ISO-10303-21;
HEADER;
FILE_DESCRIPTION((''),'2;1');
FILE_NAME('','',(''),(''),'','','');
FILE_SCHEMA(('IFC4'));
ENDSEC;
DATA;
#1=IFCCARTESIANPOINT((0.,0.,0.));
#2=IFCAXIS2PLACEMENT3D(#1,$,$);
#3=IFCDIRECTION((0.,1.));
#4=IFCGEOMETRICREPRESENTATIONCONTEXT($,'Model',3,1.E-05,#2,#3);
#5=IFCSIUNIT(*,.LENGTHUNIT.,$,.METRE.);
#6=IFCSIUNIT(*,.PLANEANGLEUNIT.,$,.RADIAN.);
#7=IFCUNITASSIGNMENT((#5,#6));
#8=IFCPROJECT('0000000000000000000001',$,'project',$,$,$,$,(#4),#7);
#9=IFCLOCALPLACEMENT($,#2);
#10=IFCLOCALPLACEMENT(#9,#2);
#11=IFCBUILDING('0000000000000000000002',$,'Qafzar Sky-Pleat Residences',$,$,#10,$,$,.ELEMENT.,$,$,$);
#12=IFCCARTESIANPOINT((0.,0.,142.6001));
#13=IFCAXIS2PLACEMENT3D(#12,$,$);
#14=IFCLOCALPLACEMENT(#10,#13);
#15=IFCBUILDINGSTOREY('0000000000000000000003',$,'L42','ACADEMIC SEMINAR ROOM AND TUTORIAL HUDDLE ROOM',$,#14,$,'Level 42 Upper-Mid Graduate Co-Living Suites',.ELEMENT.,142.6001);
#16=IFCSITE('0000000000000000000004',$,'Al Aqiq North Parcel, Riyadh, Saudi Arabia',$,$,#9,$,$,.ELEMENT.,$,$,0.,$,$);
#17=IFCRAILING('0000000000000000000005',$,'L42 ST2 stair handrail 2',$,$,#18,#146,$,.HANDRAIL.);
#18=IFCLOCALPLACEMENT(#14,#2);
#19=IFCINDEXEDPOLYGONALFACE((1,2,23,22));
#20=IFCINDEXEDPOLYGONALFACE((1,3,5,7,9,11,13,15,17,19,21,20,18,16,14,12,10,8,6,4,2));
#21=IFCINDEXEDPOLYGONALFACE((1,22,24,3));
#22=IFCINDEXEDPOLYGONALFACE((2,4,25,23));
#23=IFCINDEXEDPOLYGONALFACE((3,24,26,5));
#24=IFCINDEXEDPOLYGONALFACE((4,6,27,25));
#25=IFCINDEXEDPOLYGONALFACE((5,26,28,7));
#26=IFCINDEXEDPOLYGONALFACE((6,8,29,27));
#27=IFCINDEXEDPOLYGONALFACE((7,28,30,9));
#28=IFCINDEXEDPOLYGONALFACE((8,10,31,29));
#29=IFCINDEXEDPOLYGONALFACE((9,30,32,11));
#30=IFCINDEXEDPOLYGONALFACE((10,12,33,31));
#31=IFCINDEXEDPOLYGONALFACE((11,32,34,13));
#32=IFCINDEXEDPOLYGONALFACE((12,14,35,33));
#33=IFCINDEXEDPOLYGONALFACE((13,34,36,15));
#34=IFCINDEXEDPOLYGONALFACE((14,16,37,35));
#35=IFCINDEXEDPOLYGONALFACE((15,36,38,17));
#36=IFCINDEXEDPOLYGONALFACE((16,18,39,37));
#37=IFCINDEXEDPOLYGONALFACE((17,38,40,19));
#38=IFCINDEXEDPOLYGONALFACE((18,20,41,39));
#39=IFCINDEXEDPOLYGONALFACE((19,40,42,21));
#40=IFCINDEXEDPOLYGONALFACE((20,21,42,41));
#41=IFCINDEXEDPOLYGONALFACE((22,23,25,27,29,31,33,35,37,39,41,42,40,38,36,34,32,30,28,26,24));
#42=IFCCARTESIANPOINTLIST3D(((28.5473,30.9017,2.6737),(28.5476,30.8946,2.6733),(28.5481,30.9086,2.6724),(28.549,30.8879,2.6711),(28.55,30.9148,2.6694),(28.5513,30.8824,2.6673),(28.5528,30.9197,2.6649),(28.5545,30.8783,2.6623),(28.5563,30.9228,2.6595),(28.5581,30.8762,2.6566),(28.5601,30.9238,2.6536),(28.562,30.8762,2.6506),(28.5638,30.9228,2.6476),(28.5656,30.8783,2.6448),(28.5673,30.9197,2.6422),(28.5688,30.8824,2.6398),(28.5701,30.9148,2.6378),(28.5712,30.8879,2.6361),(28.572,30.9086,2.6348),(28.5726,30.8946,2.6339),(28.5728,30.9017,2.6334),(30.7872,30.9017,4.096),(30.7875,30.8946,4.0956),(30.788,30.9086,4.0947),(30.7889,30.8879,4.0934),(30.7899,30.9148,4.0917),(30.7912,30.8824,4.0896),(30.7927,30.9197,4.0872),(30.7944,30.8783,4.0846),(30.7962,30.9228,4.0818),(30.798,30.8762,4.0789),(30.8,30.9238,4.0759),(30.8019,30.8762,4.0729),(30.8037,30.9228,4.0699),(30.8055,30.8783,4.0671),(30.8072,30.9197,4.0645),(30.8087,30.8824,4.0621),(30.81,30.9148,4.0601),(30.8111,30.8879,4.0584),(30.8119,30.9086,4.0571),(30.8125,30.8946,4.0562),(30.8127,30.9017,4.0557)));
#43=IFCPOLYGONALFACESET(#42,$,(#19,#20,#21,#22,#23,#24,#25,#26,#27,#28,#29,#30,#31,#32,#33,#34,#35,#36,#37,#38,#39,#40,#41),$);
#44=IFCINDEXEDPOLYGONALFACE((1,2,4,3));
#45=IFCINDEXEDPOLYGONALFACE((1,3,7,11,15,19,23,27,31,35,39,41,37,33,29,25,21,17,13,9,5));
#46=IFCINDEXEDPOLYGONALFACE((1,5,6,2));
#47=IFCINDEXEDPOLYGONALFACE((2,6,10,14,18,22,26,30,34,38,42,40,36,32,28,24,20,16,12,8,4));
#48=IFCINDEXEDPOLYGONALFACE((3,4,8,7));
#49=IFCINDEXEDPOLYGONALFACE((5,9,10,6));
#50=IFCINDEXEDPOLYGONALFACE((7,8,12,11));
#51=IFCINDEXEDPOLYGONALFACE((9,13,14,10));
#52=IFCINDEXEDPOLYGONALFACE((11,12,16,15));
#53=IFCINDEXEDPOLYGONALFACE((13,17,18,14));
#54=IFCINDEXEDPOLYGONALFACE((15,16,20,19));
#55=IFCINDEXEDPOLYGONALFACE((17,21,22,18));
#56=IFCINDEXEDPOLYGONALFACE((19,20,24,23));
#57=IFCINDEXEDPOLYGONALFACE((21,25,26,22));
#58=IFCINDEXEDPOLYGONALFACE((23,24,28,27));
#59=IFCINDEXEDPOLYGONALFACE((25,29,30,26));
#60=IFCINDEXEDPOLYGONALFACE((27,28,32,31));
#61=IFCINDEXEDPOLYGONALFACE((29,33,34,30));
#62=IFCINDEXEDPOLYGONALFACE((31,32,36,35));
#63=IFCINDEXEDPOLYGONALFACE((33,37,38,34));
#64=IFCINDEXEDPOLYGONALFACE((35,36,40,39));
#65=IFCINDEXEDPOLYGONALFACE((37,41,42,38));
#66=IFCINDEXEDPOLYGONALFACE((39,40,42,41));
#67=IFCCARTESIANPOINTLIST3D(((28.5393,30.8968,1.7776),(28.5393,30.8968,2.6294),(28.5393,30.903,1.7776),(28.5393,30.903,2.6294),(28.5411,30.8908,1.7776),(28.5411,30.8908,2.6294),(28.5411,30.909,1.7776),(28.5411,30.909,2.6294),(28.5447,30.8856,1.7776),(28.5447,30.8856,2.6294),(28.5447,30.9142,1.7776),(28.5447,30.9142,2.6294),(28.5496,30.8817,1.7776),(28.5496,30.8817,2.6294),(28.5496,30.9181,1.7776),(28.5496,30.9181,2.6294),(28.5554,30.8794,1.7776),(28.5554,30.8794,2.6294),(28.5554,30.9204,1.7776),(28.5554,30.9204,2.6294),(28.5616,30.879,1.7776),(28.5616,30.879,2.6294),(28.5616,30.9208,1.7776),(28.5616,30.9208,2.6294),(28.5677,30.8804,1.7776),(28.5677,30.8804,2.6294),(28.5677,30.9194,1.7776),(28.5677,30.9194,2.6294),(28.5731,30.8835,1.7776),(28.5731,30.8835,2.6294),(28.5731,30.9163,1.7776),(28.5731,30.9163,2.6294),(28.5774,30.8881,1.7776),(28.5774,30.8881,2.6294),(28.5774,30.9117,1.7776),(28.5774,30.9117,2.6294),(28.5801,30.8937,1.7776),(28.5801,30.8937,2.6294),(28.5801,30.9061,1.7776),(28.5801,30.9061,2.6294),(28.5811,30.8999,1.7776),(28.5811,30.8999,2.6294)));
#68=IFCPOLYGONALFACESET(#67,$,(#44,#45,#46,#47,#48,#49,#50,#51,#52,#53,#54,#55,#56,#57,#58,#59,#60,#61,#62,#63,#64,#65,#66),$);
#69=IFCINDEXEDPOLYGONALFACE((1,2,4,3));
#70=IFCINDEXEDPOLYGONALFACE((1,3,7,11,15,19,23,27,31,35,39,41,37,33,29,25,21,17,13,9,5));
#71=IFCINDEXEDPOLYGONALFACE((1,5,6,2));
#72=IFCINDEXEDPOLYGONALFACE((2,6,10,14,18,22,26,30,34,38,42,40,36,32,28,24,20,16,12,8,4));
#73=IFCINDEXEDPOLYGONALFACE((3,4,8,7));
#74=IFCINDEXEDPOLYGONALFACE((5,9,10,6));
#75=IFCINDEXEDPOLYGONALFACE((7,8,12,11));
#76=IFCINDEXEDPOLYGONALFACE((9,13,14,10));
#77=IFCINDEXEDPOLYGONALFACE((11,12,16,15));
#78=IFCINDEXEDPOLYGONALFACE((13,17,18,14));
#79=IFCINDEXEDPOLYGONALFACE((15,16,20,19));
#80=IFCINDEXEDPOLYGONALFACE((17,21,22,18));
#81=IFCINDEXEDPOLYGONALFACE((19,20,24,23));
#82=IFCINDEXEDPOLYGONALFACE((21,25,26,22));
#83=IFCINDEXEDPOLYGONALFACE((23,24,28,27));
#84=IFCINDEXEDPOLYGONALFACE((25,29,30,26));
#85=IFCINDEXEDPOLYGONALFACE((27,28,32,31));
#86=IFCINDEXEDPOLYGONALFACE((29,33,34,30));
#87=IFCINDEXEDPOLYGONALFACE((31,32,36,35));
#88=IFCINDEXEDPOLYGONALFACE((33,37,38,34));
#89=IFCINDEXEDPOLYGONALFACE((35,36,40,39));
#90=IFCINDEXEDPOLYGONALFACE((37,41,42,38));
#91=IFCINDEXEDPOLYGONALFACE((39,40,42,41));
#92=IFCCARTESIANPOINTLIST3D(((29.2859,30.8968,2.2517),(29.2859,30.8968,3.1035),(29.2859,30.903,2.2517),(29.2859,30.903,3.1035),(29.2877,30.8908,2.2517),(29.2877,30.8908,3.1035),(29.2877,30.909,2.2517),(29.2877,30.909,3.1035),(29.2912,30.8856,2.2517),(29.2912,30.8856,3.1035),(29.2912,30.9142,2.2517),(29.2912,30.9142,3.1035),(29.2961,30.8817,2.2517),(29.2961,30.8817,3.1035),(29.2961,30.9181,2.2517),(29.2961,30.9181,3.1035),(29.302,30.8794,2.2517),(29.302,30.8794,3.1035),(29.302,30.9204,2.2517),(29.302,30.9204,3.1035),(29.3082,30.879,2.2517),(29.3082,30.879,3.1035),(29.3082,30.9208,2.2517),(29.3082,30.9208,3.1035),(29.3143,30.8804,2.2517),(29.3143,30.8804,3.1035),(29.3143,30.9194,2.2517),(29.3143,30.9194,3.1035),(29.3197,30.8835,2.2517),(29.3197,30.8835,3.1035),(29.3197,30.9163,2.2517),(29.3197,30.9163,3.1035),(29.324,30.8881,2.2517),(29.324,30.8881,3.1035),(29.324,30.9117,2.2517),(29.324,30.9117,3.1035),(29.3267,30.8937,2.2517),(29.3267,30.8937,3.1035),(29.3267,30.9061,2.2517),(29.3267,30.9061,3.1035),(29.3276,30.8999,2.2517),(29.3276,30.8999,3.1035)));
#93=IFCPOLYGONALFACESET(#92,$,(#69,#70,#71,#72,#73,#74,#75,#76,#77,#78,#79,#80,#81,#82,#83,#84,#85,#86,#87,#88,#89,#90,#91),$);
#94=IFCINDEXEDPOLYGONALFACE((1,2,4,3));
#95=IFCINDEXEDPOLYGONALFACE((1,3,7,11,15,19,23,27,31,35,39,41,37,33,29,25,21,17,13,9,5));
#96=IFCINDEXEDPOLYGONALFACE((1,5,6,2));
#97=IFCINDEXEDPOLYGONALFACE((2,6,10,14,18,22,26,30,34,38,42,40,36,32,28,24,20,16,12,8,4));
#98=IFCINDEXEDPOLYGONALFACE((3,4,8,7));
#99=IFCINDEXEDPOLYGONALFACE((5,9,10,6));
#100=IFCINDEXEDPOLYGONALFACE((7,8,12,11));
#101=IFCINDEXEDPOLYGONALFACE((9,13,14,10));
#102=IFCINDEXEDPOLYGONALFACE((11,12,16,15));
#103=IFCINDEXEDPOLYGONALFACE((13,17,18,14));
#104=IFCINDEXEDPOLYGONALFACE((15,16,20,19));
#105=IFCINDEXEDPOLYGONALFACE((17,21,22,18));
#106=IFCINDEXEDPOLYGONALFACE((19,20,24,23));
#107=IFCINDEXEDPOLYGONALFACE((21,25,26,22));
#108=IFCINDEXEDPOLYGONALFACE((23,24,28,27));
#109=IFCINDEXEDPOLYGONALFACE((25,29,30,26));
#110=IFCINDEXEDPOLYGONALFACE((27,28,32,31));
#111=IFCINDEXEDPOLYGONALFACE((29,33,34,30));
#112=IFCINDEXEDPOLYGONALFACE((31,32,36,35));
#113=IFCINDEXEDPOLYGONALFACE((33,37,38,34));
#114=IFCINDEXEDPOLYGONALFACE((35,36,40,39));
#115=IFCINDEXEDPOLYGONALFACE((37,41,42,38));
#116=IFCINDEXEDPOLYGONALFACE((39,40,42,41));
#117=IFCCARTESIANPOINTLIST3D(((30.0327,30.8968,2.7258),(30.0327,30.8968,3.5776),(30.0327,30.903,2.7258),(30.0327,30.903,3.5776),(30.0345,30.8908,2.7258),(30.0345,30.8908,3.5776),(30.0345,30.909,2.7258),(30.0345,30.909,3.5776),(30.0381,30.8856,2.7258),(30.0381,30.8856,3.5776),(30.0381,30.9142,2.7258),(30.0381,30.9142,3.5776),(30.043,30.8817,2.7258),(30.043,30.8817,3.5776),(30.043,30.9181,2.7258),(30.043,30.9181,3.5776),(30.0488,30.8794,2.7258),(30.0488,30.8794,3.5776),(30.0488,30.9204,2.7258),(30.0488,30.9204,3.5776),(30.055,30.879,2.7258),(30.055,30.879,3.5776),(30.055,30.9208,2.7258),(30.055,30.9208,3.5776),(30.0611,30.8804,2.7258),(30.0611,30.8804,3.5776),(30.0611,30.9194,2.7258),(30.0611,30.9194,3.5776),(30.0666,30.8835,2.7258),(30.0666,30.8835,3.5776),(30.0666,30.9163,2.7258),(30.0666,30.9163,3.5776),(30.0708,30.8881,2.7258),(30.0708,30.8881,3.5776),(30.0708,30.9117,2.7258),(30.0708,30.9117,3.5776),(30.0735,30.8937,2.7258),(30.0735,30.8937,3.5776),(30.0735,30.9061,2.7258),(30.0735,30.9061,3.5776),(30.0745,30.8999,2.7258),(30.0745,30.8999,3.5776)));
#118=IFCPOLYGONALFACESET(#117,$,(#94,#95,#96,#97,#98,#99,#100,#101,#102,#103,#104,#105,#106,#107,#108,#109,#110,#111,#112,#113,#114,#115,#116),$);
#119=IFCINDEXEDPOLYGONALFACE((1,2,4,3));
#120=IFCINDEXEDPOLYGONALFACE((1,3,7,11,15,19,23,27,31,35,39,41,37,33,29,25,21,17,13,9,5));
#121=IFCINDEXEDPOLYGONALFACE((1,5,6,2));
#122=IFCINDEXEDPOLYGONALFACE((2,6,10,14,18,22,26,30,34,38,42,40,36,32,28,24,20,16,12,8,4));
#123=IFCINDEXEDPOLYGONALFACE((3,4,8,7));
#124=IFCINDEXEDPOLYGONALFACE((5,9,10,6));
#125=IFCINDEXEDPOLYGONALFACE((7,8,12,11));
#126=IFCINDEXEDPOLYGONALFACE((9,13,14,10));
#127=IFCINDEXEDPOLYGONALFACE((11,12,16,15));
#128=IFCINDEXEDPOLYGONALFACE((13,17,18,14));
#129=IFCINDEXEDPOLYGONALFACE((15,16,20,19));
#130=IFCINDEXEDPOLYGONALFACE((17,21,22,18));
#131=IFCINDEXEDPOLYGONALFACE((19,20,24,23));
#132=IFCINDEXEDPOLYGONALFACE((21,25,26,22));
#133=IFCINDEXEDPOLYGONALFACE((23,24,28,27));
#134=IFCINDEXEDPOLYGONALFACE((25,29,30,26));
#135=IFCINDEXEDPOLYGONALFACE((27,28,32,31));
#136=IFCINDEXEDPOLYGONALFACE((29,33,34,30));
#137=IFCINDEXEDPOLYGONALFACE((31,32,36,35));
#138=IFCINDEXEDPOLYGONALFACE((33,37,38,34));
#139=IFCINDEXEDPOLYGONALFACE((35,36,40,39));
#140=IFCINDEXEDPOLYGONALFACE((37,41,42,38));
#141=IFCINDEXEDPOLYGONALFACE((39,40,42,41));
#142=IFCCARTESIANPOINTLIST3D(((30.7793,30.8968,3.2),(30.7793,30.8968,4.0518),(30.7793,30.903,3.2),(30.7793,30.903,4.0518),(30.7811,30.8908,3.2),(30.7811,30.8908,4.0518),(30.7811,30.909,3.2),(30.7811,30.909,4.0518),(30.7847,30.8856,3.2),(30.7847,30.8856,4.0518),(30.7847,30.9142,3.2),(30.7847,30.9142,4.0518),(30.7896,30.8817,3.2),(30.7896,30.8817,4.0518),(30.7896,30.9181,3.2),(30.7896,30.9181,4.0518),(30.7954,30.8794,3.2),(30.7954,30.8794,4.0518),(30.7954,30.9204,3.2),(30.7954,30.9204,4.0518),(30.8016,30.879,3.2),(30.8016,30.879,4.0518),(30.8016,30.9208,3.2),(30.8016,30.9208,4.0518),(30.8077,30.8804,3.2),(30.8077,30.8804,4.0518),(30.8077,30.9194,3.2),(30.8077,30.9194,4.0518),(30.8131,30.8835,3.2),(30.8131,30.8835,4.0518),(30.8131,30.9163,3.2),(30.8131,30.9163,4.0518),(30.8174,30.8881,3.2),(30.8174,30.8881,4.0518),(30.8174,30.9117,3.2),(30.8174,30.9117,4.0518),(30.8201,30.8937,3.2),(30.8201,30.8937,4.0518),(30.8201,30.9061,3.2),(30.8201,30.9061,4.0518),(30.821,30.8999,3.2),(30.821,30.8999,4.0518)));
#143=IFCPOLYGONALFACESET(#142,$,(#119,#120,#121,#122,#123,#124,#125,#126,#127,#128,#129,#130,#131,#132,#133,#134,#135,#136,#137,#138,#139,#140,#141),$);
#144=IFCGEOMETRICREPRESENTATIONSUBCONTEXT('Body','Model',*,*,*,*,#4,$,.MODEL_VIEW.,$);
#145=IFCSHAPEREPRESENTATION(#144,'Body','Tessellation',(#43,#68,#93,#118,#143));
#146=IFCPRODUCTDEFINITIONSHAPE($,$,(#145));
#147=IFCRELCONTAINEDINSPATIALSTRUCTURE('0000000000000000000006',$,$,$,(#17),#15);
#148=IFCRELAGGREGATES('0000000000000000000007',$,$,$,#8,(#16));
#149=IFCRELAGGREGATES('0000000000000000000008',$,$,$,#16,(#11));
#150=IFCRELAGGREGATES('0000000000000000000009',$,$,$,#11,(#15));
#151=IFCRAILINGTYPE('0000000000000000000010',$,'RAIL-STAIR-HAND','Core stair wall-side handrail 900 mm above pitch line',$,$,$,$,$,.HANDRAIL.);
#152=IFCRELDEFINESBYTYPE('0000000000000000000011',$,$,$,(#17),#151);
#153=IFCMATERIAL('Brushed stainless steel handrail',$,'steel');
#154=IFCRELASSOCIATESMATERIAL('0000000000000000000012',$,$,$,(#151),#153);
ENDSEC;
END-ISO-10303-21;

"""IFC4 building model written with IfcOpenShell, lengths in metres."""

from ifc_helpers import new_model, si_unit, direction, frame, origin, origin_2d, place, context, subcontext, project, spatial, circle, extrude, source, transform, mapped, material, type_object, element, save


model = new_model("IFC4")

# Units and contexts
model_context = context("Model", 3, precision=1e-05, world=origin(), true_north=direction((0.0, 1.0)))
body_context = subcontext(model_context, "Body", "Model", "MODEL_VIEW")
ifc_project = project(units=[si_unit("LENGTHUNIT", "METRE"), si_unit("PLANEANGLEUNIT", "RADIAN")], contexts=[model_context])

# Site, building, storey
site_placement = place(None, origin())
site = spatial("IfcSite", under=ifc_project, at=site_placement, Name="Al Aqiq North Parcel, Riyadh, Saudi Arabia", CompositionType="ELEMENT", RefElevation=0.0)
building_placement = place(site_placement, origin())
building = spatial("IfcBuilding", under=site, at=building_placement, Name="Qafzar Sky-Pleat Residences", CompositionType="ELEMENT")
storey_placement = place(building_placement, frame((0.0, 0.0, 142.6001)))
storey = spatial("IfcBuildingStorey", under=building, at=storey_placement, Name="L42", Description="ACADEMIC SEMINAR ROOM AND TUTORIAL HUDDLE ROOM", LongName="Level 42 Upper-Mid Graduate Co-Living Suites", CompositionType="ELEMENT", Elevation=142.6001)

# Railing
ifc_material_1 = material(Name="Brushed stainless steel handrail", Category="steel")
railing_type_1 = type_object("IfcRailingType", Name="RAIL-STAIR-HAND", Description="Core stair wall-side handrail 900 mm above pitch line", PredefinedType="HANDRAIL", material=ifc_material_1)
shared_shape_1 = source(origin(), body_context, "Body", "SweptSolid", [
    extrude(circle(Radius=0.0239, at=origin_2d()), frame((0.0, 0.0, 0.876), z_axis=(0.844188, 0.0, 0.536048), x_axis=(0.0, 1.0, 0.0)), (0.0, 0.0, 1.0), 2.6533),
    extrude(circle(Radius=0.021, at=origin_2d()), origin(), (0.0, 0.0, 1.0), 0.8518),
    extrude(circle(Radius=0.021, at=origin_2d()), frame((0.7466, 0.0, 0.4741)), (0.0, 0.0, 1.0), 0.8518),
    extrude(circle(Radius=0.021, at=origin_2d()), frame((1.4934, 0.0, 0.9482)), (0.0, 0.0, 1.0), 0.8518),
    extrude(circle(Radius=0.021, at=origin_2d()), frame((2.24, 0.0, 1.4224)), (0.0, 0.0, 1.0), 0.8518),
])
railing_1_placement = place(storey_placement, frame((28.5601, 30.8999, 1.7776)))
element("IfcRailing", 1, at=railing_1_placement, inside=storey, type_object=railing_type_1, Name="L42 ST2 stair handrail 2", PredefinedType="HANDRAIL", context=body_context, shape_type="MappedRepresentation", body=[
    mapped(shared_shape_1, transform((0.0, 0.0, 0.0), x_axis=(1.0, 0.0, 0.0), y_axis=(0.0, 1.0, 0.0), z_axis=(0.0, 0.0, 1.0), scale=1.0)),
])

save(model, "model.ifc")
